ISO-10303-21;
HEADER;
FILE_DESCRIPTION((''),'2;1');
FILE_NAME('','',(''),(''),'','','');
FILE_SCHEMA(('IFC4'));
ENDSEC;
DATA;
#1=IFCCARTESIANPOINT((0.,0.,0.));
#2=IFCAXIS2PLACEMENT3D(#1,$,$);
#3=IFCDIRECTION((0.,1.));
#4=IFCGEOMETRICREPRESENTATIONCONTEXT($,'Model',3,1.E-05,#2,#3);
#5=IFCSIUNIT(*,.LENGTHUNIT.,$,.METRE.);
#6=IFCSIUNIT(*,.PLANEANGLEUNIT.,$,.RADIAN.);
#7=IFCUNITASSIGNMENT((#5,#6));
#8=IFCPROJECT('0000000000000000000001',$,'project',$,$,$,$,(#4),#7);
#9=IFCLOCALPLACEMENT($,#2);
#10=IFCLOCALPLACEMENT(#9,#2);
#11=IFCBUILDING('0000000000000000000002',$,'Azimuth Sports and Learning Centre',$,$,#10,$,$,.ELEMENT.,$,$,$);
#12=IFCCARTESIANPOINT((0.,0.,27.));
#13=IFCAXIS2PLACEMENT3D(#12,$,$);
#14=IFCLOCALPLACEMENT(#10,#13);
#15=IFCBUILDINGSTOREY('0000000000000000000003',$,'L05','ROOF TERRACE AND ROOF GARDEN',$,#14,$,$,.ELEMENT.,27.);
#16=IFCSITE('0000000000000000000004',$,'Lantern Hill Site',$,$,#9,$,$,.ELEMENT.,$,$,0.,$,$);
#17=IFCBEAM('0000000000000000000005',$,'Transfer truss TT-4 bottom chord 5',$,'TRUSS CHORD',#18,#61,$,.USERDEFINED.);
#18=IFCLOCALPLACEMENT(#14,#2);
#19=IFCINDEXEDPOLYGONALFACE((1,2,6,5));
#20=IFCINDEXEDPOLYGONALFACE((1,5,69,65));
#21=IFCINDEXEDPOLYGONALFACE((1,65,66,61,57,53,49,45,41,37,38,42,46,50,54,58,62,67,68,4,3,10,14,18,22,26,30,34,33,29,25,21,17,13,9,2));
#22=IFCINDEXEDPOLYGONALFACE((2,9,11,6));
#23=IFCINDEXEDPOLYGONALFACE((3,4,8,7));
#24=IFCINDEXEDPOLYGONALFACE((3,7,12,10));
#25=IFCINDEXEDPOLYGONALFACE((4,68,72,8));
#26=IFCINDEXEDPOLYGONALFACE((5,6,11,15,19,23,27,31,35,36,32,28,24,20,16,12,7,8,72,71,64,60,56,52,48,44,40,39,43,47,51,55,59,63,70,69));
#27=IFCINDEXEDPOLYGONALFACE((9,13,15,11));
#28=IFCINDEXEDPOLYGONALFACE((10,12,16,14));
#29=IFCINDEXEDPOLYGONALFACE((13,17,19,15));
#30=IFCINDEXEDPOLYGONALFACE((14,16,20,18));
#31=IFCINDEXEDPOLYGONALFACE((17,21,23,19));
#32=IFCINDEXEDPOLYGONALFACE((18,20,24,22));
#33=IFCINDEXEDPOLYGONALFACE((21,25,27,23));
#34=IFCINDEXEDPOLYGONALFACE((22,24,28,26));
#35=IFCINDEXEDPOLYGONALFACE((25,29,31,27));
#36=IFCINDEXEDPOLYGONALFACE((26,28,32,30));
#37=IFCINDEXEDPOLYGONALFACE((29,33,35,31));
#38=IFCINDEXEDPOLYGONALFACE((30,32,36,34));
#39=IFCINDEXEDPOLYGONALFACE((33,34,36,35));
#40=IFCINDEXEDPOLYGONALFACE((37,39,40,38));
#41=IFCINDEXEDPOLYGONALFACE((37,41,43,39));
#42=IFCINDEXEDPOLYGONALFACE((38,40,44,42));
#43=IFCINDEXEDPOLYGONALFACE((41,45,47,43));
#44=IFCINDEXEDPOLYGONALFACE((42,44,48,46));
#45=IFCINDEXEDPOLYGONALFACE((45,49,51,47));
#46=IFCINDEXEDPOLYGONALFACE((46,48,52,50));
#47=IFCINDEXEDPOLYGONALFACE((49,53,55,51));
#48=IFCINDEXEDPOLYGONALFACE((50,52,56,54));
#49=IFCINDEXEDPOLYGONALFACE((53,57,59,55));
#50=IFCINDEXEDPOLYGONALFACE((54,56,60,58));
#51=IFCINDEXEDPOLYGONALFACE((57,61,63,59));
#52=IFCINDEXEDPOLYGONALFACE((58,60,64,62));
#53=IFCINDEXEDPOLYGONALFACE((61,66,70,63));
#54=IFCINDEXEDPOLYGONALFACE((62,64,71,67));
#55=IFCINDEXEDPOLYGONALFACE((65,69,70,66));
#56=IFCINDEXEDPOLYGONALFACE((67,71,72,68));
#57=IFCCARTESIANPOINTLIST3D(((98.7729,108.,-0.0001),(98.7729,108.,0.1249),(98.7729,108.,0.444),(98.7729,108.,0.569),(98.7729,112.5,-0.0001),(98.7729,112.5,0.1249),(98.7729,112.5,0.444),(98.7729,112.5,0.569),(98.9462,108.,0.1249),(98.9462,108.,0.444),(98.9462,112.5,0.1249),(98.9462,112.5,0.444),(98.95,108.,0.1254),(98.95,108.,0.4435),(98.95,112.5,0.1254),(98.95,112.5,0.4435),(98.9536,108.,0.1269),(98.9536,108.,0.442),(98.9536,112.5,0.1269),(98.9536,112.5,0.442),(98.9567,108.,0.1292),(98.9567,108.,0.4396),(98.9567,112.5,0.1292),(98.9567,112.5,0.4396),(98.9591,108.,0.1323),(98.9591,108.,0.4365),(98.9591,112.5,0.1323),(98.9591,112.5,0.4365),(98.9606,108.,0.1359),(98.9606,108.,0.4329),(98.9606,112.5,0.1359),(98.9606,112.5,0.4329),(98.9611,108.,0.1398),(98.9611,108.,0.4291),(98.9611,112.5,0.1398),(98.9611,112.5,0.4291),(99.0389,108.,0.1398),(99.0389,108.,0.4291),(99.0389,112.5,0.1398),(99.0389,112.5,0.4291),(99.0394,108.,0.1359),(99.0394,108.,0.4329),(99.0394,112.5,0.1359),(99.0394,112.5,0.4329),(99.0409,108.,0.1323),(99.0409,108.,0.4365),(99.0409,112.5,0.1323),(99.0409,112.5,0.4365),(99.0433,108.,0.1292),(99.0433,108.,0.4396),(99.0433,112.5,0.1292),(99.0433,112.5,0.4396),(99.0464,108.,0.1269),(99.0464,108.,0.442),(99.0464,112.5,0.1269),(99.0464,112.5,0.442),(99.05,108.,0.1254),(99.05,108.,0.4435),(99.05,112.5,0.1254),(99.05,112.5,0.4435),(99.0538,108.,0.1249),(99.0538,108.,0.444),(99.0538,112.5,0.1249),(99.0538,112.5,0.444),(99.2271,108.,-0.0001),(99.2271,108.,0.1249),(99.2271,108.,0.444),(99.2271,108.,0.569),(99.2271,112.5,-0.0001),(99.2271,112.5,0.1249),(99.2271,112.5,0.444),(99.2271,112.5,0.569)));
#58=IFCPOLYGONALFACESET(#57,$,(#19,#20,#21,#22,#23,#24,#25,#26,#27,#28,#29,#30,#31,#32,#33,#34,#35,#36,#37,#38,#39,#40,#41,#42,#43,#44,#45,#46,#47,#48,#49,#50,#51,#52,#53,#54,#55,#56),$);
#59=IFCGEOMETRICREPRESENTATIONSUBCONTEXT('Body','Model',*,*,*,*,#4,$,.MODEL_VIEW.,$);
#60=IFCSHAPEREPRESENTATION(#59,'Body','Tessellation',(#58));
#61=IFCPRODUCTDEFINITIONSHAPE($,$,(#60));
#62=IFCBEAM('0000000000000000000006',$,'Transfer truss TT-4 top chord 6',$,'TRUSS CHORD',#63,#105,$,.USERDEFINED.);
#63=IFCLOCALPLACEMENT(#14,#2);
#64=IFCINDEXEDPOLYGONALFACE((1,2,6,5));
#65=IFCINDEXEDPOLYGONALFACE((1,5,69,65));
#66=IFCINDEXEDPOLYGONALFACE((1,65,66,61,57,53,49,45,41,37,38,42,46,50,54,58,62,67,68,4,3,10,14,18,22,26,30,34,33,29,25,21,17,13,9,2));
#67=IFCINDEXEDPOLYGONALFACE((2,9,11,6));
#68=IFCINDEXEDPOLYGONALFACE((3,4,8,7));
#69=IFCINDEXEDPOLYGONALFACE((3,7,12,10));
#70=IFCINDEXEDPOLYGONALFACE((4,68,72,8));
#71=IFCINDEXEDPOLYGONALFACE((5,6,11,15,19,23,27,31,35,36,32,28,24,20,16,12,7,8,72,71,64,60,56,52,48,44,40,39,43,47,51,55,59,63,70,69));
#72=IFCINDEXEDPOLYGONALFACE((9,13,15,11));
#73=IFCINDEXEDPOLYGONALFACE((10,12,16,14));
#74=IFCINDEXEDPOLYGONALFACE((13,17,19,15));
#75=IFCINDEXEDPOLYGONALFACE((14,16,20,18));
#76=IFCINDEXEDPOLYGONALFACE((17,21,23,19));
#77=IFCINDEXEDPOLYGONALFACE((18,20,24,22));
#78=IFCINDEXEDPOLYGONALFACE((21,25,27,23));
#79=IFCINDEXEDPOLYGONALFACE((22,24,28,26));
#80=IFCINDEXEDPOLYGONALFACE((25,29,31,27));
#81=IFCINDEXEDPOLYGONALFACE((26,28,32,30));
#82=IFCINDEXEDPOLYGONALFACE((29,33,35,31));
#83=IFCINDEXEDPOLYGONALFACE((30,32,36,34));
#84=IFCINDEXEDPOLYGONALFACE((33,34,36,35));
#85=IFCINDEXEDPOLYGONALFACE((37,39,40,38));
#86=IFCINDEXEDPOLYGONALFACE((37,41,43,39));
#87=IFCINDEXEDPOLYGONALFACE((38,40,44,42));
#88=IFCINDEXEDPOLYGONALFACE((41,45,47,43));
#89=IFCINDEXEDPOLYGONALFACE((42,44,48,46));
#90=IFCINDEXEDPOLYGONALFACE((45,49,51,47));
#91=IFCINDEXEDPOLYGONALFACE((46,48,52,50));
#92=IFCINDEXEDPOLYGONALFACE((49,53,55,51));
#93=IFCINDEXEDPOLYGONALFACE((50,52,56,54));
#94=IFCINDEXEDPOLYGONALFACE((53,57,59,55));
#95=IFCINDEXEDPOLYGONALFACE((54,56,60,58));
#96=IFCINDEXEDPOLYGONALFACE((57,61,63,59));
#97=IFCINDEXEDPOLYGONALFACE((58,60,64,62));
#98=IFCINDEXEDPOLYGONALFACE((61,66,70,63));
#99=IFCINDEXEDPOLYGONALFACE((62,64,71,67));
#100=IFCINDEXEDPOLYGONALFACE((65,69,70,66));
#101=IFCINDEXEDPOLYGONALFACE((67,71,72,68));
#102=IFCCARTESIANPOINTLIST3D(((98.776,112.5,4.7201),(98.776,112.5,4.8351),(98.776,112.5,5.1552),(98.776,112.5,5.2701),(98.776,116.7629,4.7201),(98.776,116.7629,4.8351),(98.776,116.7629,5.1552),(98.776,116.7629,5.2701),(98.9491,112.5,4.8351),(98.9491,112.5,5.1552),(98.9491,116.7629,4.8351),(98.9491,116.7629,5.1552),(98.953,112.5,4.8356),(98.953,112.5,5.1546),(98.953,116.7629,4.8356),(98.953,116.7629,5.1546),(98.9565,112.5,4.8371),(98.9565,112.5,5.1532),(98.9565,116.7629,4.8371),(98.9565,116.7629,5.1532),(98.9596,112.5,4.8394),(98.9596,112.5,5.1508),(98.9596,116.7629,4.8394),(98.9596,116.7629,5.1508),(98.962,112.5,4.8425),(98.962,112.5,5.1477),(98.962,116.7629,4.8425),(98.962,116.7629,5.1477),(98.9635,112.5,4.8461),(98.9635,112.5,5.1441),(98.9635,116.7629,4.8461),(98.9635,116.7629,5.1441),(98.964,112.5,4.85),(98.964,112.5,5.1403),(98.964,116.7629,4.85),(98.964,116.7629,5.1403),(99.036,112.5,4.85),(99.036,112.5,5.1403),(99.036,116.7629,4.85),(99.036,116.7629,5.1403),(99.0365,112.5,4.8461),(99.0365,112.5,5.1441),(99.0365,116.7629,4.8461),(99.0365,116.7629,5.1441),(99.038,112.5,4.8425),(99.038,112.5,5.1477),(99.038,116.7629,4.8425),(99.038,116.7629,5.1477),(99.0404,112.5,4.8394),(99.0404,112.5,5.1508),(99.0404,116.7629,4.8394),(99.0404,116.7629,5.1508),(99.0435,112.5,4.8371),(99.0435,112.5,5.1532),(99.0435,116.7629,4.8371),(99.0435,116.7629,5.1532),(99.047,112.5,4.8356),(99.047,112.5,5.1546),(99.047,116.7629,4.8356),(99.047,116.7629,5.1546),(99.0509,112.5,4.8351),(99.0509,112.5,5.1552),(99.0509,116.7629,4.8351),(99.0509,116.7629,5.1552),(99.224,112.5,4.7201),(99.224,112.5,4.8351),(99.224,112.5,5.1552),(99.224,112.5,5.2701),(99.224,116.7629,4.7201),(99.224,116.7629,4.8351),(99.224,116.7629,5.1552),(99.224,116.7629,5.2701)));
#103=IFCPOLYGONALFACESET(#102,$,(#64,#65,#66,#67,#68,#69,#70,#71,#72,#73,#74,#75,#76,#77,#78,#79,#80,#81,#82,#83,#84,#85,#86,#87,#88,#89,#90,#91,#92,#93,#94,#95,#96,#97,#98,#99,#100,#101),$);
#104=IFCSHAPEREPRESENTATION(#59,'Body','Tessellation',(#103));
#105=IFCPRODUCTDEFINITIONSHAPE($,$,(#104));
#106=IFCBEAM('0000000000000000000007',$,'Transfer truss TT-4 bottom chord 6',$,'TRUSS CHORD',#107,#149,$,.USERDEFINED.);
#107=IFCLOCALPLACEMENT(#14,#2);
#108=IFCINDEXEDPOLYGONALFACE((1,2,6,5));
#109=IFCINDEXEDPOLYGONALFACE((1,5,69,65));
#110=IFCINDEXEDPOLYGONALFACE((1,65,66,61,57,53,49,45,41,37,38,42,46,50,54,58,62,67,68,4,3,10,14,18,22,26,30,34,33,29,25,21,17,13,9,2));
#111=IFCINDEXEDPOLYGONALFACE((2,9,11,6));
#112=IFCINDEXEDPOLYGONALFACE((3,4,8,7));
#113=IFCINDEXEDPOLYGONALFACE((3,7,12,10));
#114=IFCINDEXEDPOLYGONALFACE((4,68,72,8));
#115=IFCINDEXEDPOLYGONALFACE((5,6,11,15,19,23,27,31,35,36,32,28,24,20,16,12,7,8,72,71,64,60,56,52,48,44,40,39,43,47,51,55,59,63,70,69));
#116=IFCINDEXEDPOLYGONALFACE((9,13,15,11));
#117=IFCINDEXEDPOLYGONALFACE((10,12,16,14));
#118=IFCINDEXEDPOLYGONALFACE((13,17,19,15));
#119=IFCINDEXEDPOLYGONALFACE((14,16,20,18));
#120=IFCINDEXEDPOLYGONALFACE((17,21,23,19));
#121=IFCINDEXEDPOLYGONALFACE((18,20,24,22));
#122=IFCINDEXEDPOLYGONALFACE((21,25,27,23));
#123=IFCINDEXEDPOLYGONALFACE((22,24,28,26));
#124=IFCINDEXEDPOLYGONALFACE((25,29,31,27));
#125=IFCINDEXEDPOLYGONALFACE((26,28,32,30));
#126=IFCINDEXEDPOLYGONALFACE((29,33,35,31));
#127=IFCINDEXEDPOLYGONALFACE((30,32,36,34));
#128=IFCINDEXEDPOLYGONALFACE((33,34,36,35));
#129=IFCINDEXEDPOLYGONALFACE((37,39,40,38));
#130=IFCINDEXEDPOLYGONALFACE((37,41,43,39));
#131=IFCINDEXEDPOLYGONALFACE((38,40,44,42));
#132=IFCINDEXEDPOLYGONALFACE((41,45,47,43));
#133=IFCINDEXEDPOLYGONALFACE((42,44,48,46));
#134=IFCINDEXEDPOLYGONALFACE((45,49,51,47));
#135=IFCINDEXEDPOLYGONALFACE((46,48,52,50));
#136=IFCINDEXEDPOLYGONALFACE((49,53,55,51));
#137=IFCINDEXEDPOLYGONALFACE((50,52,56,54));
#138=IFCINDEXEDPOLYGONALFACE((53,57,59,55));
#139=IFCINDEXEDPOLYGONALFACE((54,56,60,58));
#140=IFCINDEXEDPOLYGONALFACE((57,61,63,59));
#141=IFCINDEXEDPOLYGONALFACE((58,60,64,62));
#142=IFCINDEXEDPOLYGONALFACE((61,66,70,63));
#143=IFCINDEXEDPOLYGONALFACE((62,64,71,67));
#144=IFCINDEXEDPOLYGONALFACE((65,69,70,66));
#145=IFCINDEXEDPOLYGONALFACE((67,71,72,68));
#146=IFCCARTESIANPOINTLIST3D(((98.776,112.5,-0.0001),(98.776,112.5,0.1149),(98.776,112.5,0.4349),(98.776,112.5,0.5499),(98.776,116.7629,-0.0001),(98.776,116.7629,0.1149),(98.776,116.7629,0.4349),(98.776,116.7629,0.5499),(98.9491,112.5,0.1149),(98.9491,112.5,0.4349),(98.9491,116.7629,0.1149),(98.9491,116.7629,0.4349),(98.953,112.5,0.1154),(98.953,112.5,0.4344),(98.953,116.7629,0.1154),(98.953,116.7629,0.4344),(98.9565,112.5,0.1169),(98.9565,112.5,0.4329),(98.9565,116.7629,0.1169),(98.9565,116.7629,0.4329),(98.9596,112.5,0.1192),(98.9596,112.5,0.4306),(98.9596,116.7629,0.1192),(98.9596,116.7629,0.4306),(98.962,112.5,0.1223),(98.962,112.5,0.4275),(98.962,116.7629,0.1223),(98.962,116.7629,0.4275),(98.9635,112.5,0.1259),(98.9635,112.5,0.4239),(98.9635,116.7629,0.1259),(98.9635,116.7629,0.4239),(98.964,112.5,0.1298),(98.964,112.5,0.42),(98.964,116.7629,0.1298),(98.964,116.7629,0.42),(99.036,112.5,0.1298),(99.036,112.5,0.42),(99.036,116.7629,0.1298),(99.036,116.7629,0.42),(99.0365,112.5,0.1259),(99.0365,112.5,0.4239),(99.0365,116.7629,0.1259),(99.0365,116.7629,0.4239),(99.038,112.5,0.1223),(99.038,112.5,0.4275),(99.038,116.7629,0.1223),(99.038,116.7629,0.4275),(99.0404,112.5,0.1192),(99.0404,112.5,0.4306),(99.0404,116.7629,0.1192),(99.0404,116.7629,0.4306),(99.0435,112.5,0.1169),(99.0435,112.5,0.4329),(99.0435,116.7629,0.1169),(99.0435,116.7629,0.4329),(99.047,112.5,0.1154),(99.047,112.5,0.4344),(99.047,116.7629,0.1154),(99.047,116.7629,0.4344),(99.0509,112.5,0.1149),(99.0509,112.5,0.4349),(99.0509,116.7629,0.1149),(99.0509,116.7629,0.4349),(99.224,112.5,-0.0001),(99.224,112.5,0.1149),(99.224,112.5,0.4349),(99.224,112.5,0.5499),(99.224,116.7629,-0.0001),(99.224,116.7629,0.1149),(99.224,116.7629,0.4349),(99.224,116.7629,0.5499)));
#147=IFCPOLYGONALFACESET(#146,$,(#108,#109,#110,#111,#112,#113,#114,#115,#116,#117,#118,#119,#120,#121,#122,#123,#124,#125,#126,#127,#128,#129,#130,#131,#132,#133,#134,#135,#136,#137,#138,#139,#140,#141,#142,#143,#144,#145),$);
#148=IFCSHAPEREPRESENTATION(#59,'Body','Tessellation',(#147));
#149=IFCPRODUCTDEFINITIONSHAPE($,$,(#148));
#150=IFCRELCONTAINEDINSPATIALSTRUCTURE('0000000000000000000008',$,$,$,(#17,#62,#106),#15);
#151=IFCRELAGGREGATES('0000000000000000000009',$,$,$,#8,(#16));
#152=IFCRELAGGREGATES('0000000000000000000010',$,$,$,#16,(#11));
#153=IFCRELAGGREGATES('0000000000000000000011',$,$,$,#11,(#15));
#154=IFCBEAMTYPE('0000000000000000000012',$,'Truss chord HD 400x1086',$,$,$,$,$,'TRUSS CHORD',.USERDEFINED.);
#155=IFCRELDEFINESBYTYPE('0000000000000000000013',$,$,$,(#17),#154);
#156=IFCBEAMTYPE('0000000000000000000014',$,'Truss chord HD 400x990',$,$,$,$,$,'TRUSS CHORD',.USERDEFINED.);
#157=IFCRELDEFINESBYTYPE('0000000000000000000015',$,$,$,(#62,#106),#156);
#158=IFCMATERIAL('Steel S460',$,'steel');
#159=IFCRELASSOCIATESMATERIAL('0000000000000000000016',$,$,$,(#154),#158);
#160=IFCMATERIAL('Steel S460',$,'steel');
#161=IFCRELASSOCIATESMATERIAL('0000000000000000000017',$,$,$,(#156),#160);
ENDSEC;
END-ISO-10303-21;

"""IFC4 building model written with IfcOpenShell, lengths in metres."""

from ifc_helpers import new_model, si_unit, direction, frame, origin, origin_2d, place, context, subcontext, project, spatial, i_section, extrude, material, material_profile, profile_set, type_object, element, save


model = new_model("IFC4")

# Units and contexts
model_context = context("Model", 3, precision=1e-05, world=origin(), true_north=direction((0.0, 1.0)))
body_context = subcontext(model_context, "Body", "Model", "MODEL_VIEW")
ifc_project = project(units=[si_unit("LENGTHUNIT", "METRE"), si_unit("PLANEANGLEUNIT", "RADIAN")], contexts=[model_context])

# Site, building, storey
site_placement = place(None, origin())
site = spatial("IfcSite", under=ifc_project, at=site_placement, Name="Lantern Hill Site", CompositionType="ELEMENT", RefElevation=0.0)
building_placement = place(site_placement, origin())
building = spatial("IfcBuilding", under=site, at=building_placement, Name="Azimuth Sports and Learning Centre", CompositionType="ELEMENT")
storey_placement = place(building_placement, frame((0.0, 0.0, 27.0)))
storey = spatial("IfcBuildingStorey", under=building, at=storey_placement, Name="L05", Description="ROOF TERRACE AND ROOF GARDEN", CompositionType="ELEMENT", Elevation=27.0)

# Beams
ifc_material_1 = material(Name="Steel S460", Category="steel")
ifc_material_profile_1 = material_profile(ifc_material_1, i_section(OverallWidth=0.4541, OverallDepth=0.5691, WebThickness=0.0779, FlangeThickness=0.125, FilletRadius=0.0149, at=origin_2d()), Name="HD 400x1086")
ifc_profile_set_1 = profile_set([ifc_material_profile_1], Name="Steel S460")
beam_type_1 = type_object("IfcBeamType", Name="Truss chord HD 400x1086", ElementType="TRUSS CHORD", PredefinedType="USERDEFINED", material=ifc_profile_set_1)
beam_placement = place(storey_placement, frame((99.0, 108.0, 0.2844), z_axis=(0.0, 1.0, 0.0), x_axis=(-1.0, 0.0, 0.0)))
element("IfcBeam", 1, at=beam_placement, inside=storey, type_object=beam_type_1, Name="Transfer truss TT-4 bottom chord 5", ObjectType="TRUSS CHORD", PredefinedType="USERDEFINED", context=body_context, shape_type="SweptSolid", body=[
    extrude(i_section(OverallWidth=0.4541, OverallDepth=0.5691, WebThickness=0.0779, FlangeThickness=0.125, FilletRadius=0.0149, at=origin_2d()), origin(), (0.0, 0.0, 1.0), 4.5),
])
ifc_material_2 = material(Name="Steel S460", Category="steel")
ifc_material_profile_2 = material_profile(ifc_material_2, i_section(OverallWidth=0.448, OverallDepth=0.55, WebThickness=0.072, FlangeThickness=0.115, FilletRadius=0.0149, at=origin_2d()), Name="HD 400x990")
ifc_profile_set_2 = profile_set([ifc_material_profile_2], Name="Steel S460")
beam_type_2 = type_object("IfcBeamType", Name="Truss chord HD 400x990", ElementType="TRUSS CHORD", PredefinedType="USERDEFINED", material=ifc_profile_set_2)
for number, where, z_axis, x_axis, name in (
    (2, (99.0, 112.5, 4.9951), (0.0, 1.0, 0.0), (-1.0, 0.0, 0.0), "Transfer truss TT-4 top chord 6"),
    (3, (99.0, 112.5, 0.2749), (0.0, 1.0, 0.0), (-1.0, 0.0, 0.0), "Transfer truss TT-4 bottom chord 6"),
):
    element("IfcBeam", number, at=place(storey_placement, frame(where, z_axis=z_axis, x_axis=x_axis)), inside=storey, type_object=beam_type_2, Name=name, ObjectType="TRUSS CHORD", PredefinedType="USERDEFINED", context=body_context, shape_type="SweptSolid", body=[
        extrude(i_section(OverallWidth=0.448, OverallDepth=0.55, WebThickness=0.072, FlangeThickness=0.115, FilletRadius=0.0149, at=origin_2d()), origin(), (0.0, 0.0, 1.0), 4.2629),
    ])

save(model, "model.ifc")
